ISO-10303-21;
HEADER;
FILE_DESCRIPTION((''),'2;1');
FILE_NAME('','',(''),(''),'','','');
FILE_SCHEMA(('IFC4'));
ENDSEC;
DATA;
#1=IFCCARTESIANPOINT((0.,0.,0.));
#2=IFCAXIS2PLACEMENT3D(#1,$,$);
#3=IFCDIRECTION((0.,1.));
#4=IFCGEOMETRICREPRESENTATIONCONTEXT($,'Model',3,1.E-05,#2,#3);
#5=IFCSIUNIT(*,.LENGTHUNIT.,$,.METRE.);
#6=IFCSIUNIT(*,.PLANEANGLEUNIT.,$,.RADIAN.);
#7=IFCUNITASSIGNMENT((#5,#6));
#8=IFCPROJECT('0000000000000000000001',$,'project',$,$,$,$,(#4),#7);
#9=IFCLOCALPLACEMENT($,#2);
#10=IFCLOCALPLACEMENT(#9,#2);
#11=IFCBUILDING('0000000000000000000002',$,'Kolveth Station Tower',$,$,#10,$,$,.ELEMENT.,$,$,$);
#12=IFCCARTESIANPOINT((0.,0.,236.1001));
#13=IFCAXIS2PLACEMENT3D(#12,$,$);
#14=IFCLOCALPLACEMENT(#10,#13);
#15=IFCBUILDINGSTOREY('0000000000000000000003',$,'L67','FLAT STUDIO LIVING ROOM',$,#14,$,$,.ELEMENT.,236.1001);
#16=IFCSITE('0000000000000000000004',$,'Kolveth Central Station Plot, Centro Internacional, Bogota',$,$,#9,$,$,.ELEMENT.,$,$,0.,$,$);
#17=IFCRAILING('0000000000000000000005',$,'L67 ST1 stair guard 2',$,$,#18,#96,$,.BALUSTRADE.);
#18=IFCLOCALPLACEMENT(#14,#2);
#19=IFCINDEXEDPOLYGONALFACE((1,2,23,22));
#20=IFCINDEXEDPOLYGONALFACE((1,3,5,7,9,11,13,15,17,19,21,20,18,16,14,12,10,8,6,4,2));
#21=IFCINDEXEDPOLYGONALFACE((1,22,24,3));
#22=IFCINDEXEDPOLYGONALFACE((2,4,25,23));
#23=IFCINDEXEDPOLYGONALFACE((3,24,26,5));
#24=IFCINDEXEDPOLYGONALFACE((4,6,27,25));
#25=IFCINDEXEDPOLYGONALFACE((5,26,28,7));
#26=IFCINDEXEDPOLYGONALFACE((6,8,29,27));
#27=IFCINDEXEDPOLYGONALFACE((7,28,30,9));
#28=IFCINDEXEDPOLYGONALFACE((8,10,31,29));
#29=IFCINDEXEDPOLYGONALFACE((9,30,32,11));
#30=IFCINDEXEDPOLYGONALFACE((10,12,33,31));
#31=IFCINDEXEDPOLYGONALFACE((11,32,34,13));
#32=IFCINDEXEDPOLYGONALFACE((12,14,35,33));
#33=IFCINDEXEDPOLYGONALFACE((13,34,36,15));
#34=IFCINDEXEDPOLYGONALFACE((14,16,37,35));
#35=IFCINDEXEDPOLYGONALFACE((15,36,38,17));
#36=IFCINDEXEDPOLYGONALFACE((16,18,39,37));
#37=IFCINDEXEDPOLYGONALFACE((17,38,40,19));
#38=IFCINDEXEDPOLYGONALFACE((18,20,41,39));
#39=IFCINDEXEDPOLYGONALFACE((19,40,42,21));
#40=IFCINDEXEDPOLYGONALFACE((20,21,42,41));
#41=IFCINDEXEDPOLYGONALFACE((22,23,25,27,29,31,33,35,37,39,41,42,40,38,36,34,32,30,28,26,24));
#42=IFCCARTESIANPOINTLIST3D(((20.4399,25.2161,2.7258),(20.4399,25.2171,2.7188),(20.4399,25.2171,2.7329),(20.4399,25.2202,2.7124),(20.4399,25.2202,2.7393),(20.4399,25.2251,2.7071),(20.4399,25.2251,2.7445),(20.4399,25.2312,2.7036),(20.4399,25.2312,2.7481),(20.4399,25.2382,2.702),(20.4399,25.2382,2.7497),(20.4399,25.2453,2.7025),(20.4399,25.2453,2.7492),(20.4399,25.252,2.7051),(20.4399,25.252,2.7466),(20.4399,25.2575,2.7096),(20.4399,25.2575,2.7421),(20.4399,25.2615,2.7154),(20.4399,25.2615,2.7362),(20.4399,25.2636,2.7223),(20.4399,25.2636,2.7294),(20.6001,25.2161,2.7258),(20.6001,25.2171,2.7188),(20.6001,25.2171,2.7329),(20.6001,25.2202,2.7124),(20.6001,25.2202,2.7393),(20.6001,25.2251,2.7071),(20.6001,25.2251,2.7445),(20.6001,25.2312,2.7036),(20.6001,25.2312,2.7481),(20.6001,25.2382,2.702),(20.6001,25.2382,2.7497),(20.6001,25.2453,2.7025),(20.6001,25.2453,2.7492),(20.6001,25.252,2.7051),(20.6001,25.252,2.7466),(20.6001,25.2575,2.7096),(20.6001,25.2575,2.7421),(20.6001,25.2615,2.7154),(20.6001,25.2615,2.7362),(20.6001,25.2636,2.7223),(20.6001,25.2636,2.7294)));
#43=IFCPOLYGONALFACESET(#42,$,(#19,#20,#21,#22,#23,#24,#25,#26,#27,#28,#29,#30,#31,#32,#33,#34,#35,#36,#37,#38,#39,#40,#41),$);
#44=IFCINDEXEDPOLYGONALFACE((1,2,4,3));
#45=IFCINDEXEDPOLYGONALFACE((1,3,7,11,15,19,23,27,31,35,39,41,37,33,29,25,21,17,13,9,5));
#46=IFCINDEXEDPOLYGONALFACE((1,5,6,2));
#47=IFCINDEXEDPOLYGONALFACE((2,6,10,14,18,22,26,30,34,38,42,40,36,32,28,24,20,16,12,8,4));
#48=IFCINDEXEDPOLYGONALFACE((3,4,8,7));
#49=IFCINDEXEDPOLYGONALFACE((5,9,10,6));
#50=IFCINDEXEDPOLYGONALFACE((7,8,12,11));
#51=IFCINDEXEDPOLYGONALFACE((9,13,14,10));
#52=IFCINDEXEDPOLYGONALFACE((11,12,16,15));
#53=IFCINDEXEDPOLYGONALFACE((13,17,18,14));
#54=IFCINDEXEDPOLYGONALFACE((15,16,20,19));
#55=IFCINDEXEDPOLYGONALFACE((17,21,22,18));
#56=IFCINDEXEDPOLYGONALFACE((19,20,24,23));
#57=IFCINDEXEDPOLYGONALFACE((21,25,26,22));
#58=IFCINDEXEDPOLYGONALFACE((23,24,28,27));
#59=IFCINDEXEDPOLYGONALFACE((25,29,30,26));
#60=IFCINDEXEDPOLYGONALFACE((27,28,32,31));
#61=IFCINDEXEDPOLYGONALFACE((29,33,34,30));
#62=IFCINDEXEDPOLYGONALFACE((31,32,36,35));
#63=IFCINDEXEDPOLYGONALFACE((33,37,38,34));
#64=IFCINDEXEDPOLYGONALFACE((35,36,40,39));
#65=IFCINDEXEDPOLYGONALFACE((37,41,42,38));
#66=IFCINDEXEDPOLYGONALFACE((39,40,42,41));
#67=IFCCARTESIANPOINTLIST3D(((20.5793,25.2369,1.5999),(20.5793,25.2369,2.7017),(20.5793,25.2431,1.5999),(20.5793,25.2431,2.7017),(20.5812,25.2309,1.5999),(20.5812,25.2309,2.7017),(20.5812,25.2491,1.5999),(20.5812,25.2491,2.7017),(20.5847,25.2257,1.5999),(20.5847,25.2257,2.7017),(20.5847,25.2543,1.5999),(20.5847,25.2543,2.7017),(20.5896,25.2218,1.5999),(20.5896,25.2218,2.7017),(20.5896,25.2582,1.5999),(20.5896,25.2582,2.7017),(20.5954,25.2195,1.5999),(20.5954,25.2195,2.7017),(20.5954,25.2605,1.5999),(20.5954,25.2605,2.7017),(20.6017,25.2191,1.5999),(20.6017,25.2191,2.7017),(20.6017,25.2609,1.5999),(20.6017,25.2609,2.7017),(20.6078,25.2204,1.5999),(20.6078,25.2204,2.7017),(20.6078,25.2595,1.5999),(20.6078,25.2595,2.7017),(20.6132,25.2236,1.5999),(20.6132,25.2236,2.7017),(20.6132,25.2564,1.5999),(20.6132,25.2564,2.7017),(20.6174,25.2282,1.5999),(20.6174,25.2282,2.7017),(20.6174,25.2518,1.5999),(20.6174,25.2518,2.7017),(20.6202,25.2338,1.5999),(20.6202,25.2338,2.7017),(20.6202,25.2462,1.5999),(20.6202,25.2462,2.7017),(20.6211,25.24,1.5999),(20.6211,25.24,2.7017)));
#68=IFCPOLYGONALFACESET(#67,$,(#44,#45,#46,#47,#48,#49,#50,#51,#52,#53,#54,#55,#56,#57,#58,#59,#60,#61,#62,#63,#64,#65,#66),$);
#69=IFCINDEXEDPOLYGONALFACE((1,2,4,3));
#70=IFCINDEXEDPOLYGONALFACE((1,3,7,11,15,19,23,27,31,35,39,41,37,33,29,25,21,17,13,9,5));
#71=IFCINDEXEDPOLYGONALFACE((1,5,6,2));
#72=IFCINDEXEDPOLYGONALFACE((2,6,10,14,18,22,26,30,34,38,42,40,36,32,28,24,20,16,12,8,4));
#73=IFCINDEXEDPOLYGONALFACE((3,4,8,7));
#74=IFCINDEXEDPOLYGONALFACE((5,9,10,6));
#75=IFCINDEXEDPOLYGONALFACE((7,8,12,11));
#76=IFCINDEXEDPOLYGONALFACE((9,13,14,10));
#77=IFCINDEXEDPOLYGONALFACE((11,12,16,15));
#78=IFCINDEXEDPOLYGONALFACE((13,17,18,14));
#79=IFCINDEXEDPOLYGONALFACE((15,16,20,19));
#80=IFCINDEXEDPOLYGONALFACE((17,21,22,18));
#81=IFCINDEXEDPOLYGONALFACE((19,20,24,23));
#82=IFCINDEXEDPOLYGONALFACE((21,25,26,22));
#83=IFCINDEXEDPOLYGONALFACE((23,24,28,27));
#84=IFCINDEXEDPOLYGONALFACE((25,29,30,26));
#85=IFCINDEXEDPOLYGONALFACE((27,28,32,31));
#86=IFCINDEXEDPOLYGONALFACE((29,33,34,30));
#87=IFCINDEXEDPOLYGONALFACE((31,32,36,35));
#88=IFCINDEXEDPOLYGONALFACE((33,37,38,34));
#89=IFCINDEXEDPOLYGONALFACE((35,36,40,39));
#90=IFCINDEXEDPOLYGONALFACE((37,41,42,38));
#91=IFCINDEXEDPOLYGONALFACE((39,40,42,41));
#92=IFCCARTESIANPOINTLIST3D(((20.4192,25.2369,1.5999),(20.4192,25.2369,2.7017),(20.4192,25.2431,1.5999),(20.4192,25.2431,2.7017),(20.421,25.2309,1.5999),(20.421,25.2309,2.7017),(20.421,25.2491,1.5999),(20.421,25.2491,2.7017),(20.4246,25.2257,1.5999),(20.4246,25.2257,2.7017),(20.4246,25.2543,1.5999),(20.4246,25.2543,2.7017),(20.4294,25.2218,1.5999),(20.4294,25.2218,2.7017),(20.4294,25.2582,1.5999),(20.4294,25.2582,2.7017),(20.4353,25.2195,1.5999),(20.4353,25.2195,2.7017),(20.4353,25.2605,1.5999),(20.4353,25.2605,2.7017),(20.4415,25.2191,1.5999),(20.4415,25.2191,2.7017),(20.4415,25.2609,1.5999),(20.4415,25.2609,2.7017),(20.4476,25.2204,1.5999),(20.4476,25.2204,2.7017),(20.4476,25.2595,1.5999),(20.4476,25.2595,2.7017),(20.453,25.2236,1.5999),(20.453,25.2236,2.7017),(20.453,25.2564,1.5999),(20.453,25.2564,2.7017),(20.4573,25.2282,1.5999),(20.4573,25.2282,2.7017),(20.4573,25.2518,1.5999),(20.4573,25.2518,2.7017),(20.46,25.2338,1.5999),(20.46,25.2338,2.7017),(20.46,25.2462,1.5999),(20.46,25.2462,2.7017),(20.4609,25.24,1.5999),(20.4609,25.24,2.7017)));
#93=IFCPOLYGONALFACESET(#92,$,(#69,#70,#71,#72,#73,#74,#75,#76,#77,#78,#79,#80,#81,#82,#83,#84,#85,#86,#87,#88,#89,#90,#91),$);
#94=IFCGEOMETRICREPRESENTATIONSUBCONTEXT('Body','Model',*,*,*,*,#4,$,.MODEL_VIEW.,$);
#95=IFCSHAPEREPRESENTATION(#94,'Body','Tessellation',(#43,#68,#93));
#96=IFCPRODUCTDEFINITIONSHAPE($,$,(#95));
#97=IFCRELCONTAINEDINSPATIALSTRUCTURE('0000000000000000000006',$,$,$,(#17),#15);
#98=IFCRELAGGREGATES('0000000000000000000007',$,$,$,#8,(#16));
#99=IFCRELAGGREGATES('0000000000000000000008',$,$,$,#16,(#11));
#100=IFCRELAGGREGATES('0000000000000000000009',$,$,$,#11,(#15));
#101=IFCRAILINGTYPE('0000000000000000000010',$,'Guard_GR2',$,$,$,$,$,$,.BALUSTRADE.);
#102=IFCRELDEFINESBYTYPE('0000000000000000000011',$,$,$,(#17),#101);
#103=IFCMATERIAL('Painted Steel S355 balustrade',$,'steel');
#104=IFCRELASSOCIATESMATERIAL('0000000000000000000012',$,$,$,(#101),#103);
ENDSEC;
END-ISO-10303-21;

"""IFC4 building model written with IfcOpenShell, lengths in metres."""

from ifc_helpers import new_model, si_unit, direction, frame, origin, origin_2d, place, context, subcontext, project, spatial, circle, extrude, material, type_object, element, save


model = new_model("IFC4")

# Units and contexts
model_context = context("Model", 3, precision=1e-05, world=origin(), true_north=direction((0.0, 1.0)))
body_context = subcontext(model_context, "Body", "Model", "MODEL_VIEW")
ifc_project = project(units=[si_unit("LENGTHUNIT", "METRE"), si_unit("PLANEANGLEUNIT", "RADIAN")], contexts=[model_context])

# Site, building, storey
site_placement = place(None, origin())
site = spatial("IfcSite", under=ifc_project, at=site_placement, Name="Kolveth Central Station Plot, Centro Internacional, Bogota", CompositionType="ELEMENT", RefElevation=0.0)
building_placement = place(site_placement, origin())
building = spatial("IfcBuilding", under=site, at=building_placement, Name="Kolveth Station Tower", CompositionType="ELEMENT")
storey_placement = place(building_placement, frame((0.0, 0.0, 236.1001)))
storey = spatial("IfcBuildingStorey", under=building, at=storey_placement, Name="L67", Description="FLAT STUDIO LIVING ROOM", CompositionType="ELEMENT", Elevation=236.1001)

# Railing
ifc_material_1 = material(Name="Painted Steel S355 balustrade", Category="steel")
railing_type_1 = type_object("IfcRailingType", Name="Guard_GR2", PredefinedType="BALUSTRADE", material=ifc_material_1)
railing_1_placement = place(storey_placement, frame((20.6001, 25.24, 1.5999)))
element("IfcRailing", 1, at=railing_1_placement, inside=storey, type_object=railing_type_1, Name="L67 ST1 stair guard 2", PredefinedType="BALUSTRADE", context=body_context, shape_type="SweptSolid", body=[
    extrude(circle(Radius=0.0239, at=origin_2d()), frame((0.0, 0.0, 1.126), z_axis=(-1.0, 0.0, 0.0), x_axis=(0.0, -1.0, 0.0)), (0.0, 0.0, 1.0), 0.1602),
    extrude(circle(Radius=0.021, at=origin_2d()), origin(), (0.0, 0.0, 1.0), 1.1018),
    extrude(circle(Radius=0.021, at=origin_2d()), frame((-0.1602, 0.0, 0.0)), (0.0, 0.0, 1.0), 1.1018),
])

save(model, "model.ifc")
